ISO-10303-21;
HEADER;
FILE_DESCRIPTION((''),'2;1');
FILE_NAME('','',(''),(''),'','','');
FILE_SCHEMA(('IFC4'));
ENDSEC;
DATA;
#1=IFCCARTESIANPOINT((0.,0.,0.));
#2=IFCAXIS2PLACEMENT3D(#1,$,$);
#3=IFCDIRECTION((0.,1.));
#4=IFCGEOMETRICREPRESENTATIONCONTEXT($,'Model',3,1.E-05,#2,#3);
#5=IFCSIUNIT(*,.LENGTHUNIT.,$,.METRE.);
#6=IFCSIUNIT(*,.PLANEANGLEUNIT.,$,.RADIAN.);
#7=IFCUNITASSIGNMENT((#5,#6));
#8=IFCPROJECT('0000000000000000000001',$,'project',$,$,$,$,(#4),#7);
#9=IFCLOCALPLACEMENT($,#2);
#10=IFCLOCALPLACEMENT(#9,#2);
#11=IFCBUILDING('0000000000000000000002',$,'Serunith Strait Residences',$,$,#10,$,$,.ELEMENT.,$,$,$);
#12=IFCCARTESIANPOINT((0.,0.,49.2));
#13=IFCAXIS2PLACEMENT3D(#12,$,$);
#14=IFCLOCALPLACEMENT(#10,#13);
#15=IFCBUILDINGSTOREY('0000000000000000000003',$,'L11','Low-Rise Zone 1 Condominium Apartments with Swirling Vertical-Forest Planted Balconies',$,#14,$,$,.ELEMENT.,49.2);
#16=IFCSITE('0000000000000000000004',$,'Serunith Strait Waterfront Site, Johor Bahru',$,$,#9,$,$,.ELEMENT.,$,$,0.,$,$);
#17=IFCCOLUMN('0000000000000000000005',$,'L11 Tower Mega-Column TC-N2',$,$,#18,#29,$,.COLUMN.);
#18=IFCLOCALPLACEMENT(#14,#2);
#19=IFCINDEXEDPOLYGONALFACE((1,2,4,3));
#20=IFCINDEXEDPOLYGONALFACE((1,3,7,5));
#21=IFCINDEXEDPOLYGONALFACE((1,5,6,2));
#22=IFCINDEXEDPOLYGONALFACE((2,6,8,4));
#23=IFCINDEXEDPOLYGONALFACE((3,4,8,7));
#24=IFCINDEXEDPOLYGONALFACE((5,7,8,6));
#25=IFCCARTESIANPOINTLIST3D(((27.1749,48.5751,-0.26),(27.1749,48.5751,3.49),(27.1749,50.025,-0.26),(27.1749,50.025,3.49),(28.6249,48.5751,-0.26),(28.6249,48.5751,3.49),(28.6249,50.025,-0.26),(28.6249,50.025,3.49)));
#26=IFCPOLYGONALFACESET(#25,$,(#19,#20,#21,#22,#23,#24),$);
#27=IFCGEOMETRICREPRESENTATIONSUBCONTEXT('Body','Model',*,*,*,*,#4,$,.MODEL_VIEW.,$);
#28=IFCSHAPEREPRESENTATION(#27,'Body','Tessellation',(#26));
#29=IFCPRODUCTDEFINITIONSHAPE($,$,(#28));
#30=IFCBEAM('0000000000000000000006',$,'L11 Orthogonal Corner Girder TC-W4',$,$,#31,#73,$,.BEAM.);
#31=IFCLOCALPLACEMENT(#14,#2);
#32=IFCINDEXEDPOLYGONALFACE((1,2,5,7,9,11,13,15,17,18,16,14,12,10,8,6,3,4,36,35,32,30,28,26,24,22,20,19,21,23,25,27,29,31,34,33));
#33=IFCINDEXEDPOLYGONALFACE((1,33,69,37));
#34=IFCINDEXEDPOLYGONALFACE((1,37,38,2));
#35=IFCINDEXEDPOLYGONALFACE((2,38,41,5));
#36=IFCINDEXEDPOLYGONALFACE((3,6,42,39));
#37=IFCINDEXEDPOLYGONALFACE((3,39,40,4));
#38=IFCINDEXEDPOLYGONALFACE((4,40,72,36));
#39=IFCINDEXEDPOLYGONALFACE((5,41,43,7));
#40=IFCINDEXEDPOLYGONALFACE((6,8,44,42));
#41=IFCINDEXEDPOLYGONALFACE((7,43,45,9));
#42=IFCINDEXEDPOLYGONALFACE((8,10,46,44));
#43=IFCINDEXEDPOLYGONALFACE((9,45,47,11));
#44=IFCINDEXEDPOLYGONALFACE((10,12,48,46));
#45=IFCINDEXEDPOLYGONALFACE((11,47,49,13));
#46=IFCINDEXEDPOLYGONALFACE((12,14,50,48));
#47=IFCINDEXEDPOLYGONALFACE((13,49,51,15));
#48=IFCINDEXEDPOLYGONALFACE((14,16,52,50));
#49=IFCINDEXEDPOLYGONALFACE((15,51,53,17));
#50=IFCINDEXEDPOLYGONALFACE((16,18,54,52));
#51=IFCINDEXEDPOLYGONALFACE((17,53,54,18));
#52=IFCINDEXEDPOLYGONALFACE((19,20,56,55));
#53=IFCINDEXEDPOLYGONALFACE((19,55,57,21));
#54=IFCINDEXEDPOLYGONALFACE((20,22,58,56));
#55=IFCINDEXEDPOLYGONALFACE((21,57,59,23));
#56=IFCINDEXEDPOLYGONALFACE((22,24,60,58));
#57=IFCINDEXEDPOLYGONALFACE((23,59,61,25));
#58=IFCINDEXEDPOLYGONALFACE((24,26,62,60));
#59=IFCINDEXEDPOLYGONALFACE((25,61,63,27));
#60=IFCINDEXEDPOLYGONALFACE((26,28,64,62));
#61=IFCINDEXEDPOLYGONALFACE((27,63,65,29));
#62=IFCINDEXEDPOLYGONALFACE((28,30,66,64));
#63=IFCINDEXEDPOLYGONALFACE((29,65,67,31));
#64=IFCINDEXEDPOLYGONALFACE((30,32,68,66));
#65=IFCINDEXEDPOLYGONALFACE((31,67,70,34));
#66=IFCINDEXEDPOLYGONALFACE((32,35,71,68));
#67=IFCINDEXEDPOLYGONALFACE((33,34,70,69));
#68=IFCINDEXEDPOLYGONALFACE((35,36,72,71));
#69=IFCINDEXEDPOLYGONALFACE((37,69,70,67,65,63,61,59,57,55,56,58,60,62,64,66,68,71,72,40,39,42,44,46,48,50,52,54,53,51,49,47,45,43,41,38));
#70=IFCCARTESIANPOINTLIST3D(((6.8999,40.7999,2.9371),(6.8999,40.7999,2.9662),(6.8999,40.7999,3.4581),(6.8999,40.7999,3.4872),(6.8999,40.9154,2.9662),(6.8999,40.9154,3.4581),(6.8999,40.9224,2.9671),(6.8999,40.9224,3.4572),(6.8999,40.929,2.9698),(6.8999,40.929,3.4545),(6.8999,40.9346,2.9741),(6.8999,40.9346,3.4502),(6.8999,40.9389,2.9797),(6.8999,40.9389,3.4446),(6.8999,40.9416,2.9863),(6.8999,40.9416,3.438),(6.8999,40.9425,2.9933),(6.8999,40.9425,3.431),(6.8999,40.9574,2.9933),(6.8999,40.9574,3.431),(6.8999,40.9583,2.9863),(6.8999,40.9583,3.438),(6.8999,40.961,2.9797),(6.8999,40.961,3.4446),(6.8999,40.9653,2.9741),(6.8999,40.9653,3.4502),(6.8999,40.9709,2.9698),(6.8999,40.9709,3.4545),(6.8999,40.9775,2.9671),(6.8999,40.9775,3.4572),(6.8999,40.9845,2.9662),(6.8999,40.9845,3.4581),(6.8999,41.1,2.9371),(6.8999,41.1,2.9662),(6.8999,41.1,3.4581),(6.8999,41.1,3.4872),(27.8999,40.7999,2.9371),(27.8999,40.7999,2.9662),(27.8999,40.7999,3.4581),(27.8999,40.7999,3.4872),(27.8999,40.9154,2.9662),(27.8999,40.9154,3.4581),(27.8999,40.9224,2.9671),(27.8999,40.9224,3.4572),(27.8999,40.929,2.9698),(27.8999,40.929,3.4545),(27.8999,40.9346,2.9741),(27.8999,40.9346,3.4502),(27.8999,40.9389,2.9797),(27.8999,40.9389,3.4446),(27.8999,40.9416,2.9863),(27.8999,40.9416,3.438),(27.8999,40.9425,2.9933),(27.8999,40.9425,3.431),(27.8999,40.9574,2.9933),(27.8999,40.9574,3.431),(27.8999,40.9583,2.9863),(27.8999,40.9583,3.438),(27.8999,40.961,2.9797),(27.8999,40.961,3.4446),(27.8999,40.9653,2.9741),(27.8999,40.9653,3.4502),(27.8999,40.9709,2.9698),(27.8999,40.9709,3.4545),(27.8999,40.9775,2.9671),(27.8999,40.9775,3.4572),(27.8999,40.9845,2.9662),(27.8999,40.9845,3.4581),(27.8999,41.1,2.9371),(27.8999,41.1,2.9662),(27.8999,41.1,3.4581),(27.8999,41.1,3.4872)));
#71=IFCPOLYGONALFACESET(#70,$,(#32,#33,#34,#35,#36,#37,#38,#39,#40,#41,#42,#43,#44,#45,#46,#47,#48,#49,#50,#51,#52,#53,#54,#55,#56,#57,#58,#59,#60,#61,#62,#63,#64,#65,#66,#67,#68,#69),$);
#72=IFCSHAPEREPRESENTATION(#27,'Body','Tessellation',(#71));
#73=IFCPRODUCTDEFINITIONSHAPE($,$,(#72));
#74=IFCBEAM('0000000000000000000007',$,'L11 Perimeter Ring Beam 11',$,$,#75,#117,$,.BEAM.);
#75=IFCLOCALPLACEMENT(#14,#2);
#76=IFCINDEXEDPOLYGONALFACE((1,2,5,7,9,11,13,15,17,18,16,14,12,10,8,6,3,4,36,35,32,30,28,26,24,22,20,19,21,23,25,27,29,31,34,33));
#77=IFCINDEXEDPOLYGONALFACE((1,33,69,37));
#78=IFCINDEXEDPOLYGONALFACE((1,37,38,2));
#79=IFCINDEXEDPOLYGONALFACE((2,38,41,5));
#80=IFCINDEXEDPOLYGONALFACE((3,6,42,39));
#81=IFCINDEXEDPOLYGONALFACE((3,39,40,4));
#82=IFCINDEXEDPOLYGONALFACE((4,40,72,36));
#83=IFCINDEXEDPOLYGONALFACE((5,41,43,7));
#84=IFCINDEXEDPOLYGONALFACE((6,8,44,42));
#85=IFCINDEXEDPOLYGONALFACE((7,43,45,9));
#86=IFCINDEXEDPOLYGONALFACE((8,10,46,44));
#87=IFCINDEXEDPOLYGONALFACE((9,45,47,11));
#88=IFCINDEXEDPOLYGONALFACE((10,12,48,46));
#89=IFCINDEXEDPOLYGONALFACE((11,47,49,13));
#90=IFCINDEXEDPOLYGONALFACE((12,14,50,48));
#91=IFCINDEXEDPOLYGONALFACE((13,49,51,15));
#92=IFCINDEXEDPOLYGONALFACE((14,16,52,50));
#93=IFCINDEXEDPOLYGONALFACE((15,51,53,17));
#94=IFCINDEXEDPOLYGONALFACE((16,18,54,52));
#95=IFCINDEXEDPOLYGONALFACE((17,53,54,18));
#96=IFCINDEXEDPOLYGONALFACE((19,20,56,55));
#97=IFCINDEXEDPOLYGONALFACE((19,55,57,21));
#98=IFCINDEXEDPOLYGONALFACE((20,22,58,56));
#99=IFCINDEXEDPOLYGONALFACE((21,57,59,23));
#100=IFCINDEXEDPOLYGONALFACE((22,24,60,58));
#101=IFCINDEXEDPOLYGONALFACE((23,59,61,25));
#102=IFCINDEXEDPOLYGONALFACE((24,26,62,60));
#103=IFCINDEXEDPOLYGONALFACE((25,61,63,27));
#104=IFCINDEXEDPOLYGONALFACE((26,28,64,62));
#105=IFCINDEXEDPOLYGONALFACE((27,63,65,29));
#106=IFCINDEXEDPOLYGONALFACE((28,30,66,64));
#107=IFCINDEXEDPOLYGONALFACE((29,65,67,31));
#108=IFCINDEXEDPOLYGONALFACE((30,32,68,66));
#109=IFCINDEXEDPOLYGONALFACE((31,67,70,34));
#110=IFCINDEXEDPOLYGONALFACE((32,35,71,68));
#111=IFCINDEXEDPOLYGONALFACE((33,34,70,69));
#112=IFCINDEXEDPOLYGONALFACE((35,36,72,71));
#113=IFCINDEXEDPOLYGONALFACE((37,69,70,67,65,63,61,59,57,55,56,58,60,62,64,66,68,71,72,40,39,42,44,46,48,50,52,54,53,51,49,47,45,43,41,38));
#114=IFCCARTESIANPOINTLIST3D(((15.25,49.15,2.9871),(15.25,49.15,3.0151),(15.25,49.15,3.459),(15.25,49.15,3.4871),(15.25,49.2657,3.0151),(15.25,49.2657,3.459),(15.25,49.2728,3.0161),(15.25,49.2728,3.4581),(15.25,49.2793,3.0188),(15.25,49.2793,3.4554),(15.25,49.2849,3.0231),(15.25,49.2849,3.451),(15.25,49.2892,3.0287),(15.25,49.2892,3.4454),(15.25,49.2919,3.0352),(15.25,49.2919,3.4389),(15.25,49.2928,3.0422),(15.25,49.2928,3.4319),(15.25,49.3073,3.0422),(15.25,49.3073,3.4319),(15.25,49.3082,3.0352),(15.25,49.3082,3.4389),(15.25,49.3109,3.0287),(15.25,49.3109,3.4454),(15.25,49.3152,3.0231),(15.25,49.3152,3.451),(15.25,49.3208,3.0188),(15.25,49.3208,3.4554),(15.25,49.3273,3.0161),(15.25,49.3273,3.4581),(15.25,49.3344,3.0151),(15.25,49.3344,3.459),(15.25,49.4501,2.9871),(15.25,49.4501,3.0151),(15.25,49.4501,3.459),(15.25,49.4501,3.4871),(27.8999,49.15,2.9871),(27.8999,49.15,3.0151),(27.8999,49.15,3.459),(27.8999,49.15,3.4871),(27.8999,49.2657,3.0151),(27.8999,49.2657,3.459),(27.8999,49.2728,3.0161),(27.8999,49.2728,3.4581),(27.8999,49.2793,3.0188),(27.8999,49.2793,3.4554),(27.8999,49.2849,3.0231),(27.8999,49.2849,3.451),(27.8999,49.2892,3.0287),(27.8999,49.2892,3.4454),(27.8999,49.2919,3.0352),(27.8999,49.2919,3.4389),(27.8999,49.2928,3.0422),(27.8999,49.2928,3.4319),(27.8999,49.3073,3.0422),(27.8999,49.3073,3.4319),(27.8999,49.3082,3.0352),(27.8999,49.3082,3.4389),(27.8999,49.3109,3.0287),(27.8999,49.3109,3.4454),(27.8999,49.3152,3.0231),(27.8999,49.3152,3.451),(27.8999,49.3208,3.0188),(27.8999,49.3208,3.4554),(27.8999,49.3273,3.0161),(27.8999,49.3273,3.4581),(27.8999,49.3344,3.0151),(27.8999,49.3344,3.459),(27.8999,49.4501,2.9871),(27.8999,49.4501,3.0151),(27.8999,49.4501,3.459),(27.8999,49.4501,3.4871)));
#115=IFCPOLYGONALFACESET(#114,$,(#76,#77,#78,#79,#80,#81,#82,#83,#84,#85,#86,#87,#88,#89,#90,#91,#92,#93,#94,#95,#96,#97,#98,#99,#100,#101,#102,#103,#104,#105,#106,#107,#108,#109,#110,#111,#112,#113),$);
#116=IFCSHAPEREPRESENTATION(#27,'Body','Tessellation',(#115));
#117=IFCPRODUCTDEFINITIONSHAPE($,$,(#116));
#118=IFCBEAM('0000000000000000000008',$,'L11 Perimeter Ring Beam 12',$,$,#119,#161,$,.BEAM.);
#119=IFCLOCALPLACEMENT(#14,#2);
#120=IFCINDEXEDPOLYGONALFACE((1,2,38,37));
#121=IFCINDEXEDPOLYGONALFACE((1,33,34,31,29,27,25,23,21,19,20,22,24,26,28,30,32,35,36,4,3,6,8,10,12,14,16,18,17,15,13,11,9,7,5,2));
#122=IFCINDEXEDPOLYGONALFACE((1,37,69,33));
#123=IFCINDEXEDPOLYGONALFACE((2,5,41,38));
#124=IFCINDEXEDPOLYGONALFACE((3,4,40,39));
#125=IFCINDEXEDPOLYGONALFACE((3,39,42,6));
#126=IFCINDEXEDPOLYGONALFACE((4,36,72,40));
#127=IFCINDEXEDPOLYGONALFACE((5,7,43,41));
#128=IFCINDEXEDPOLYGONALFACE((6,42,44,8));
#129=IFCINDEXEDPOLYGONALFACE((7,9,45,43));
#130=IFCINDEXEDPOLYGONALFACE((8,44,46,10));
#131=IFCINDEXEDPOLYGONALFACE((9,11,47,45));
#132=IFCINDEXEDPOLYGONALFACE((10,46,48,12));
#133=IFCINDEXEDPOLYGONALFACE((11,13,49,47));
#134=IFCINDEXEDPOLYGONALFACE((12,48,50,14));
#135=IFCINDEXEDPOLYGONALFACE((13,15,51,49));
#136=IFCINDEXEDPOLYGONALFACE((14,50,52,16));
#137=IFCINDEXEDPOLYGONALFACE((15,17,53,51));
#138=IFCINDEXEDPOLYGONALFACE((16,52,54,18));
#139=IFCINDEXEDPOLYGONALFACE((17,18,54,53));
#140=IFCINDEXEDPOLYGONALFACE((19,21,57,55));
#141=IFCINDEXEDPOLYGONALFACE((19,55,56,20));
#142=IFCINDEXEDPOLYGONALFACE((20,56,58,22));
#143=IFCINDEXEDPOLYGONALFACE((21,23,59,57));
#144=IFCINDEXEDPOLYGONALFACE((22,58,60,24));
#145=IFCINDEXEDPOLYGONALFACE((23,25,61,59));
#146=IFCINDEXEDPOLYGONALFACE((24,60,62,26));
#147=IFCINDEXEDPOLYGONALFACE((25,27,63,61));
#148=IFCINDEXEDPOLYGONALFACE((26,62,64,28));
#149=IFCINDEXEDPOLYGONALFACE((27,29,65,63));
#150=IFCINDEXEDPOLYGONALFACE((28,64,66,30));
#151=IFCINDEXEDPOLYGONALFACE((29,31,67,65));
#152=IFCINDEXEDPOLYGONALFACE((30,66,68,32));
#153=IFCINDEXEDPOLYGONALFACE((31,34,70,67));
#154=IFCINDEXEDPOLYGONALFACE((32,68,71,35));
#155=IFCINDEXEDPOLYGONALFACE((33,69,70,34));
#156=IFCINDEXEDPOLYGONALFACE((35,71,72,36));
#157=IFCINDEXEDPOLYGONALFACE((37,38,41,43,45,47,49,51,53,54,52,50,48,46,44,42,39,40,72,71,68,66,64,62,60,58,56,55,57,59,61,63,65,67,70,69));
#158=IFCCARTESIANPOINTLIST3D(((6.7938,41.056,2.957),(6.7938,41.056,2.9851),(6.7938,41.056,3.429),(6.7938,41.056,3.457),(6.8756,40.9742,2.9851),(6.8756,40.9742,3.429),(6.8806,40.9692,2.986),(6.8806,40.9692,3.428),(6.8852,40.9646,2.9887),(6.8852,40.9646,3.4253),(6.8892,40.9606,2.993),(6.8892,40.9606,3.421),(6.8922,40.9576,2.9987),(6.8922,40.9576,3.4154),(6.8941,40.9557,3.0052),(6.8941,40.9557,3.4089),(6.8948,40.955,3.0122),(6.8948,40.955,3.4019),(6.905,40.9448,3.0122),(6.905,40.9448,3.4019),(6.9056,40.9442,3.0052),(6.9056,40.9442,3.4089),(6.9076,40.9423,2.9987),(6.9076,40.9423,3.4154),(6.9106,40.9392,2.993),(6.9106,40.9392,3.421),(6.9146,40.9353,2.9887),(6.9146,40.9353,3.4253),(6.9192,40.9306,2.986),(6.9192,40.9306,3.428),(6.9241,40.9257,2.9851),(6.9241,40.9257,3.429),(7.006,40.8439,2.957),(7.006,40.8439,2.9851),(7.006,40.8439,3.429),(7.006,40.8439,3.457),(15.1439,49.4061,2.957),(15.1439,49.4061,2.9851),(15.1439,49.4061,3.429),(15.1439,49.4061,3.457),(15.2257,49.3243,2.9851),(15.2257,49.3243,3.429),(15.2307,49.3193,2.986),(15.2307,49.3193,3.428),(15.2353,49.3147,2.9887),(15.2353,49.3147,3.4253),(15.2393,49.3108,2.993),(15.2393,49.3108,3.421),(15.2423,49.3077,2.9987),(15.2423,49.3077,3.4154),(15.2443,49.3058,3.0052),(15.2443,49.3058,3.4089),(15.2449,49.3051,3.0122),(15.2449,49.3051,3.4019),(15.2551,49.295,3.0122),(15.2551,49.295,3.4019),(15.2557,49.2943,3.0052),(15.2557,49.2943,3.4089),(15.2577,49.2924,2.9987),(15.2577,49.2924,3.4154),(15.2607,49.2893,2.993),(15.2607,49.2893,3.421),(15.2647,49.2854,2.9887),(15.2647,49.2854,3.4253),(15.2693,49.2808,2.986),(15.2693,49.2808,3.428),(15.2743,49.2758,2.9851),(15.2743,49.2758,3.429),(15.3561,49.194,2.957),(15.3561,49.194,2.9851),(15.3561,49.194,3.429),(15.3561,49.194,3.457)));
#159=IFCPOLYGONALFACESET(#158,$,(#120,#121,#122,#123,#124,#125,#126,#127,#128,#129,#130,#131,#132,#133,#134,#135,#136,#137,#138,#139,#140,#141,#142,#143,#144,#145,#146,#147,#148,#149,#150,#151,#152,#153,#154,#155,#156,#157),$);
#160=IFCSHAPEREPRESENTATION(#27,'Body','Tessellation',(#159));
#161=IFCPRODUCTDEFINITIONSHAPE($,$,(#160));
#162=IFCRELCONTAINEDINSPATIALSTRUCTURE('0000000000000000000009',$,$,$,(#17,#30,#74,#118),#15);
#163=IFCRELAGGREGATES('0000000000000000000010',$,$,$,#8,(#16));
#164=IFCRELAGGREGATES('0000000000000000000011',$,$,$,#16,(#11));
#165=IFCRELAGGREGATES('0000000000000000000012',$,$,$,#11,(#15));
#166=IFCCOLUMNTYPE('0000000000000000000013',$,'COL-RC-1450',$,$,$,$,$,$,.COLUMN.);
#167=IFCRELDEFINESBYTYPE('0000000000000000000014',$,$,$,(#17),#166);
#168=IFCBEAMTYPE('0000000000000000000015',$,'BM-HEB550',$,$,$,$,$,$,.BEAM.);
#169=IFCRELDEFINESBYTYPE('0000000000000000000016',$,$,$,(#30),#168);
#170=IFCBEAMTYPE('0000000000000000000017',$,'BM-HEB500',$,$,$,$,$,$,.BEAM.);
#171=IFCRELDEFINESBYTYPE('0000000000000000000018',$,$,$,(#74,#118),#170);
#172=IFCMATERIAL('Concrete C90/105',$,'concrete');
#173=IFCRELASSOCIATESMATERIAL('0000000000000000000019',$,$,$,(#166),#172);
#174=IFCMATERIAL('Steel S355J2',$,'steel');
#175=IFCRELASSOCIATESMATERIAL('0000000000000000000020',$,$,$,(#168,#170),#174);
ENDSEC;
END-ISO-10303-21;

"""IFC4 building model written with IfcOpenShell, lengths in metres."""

from ifc_helpers import new_model, si_unit, direction, frame, origin, origin_2d, place, context, subcontext, project, spatial, rectangle, i_section, extrude, source, transform, mapped, material, material_profile, profile_set, type_object, element, save


model = new_model("IFC4")

# Units and contexts
model_context = context("Model", 3, precision=1e-05, world=origin(), true_north=direction((0.0, 1.0)))
body_context = subcontext(model_context, "Body", "Model", "MODEL_VIEW")
ifc_project = project(units=[si_unit("LENGTHUNIT", "METRE"), si_unit("PLANEANGLEUNIT", "RADIAN")], contexts=[model_context])

# Site, building, storey
site_placement = place(None, origin())
site = spatial("IfcSite", under=ifc_project, at=site_placement, Name="Serunith Strait Waterfront Site, Johor Bahru", CompositionType="ELEMENT", RefElevation=0.0)
building_placement = place(site_placement, origin())
building = spatial("IfcBuilding", under=site, at=building_placement, Name="Serunith Strait Residences", CompositionType="ELEMENT")
storey_placement = place(building_placement, frame((0.0, 0.0, 49.2)))
storey = spatial("IfcBuildingStorey", under=building, at=storey_placement, Name="L11", Description="Low-Rise Zone 1 Condominium Apartments with Swirling Vertical-Forest Planted Balconies", CompositionType="ELEMENT", Elevation=49.2)

# Column
ifc_material_1 = material(Name="Concrete C90/105", Category="concrete")
ifc_material_profile_1 = material_profile(ifc_material_1, rectangle(XDim=1.45, YDim=1.45, at=origin_2d()), Name="RC 1450x1450")
ifc_profile_set_1 = profile_set([ifc_material_profile_1], Name="Concrete C90/105")
column_type = type_object("IfcColumnType", Name="COL-RC-1450", PredefinedType="COLUMN", material=ifc_profile_set_1)
shared_shape_1 = source(origin(), body_context, "Body", "SweptSolid", [
    extrude(rectangle(XDim=1.45, YDim=1.45, at=origin_2d()), origin(), (0.0, 0.0, 1.0), 3.75),
])
column_placement = place(storey_placement, frame((27.8999, 49.3, -0.26), z_axis=(0.0, 0.0, 1.0), x_axis=(1.0, 0.0, 0.0)))
element("IfcColumn", 1, at=column_placement, inside=storey, type_object=column_type, Name="L11 Tower Mega-Column TC-N2", PredefinedType="COLUMN", context=body_context, shape_type="MappedRepresentation", body=[
    mapped(shared_shape_1, transform((0.0, 0.0, 0.0), scale=1.0)),
])

# Beams
ifc_material_2 = material(Name="Steel S355J2", Category="steel")
ifc_material_profile_2 = material_profile(ifc_material_2, i_section(OverallWidth=0.3, OverallDepth=0.55, WebThickness=0.0149, FlangeThickness=0.0291, FilletRadius=0.0271, at=origin_2d()), Name="HEB 550")
ifc_profile_set_2 = profile_set([ifc_material_profile_2], Name="Steel S355J2")
beam_type_1 = type_object("IfcBeamType", Name="BM-HEB550", PredefinedType="BEAM", material=ifc_profile_set_2)
shared_shape_2 = source(origin(), body_context, "Body", "SweptSolid", [
    extrude(i_section(OverallWidth=0.3, OverallDepth=0.55, WebThickness=0.0149, FlangeThickness=0.0291, FilletRadius=0.0271, at=origin_2d()), origin(), (0.0, 0.0, 1.0), 21.0),
])
beam_1_placement = place(storey_placement, frame((27.8999, 40.95, 3.2122), z_axis=(-1.0, 0.0, 0.0), x_axis=(0.0, -1.0, 0.0)))
element("IfcBeam", 2, at=beam_1_placement, inside=storey, type_object=beam_type_1, Name="L11 Orthogonal Corner Girder TC-W4", PredefinedType="BEAM", context=body_context, shape_type="MappedRepresentation", body=[
    mapped(shared_shape_2, transform((0.0, 0.0, 0.0), scale=1.0)),
])
ifc_material_profile_3 = material_profile(ifc_material_2, i_section(OverallWidth=0.3, OverallDepth=0.5, WebThickness=0.0144, FlangeThickness=0.0281, FilletRadius=0.0271, at=origin_2d()), Name="HEB 500")
ifc_profile_set_3 = profile_set([ifc_material_profile_3], Name="Steel S355J2")
beam_type_2 = type_object("IfcBeamType", Name="BM-HEB500", PredefinedType="BEAM", material=ifc_profile_set_3)
shared_shape_3 = source(origin(), body_context, "Body", "SweptSolid", [
    extrude(i_section(OverallWidth=0.3, OverallDepth=0.5, WebThickness=0.0144, FlangeThickness=0.0281, FilletRadius=0.0271, at=origin_2d()), origin(), (0.0, 0.0, 1.0), 12.6499),
])
beam_2_placement = place(storey_placement, frame((27.8999, 49.3, 3.2371), z_axis=(-1.0, 0.0, 0.0), x_axis=(0.0, -1.0, 0.0)))
element("IfcBeam", 3, at=beam_2_placement, inside=storey, type_object=beam_type_2, Name="L11 Perimeter Ring Beam 11", PredefinedType="BEAM", context=body_context, shape_type="MappedRepresentation", body=[
    mapped(shared_shape_3, transform((0.0, 0.0, 0.0), scale=1.0)),
])
shared_shape_4 = source(origin(), body_context, "Body", "SweptSolid", [
    extrude(i_section(OverallWidth=0.3, OverallDepth=0.5, WebThickness=0.0144, FlangeThickness=0.0281, FilletRadius=0.0271, at=origin_2d()), origin(), (0.0, 0.0, 1.0), 11.8088),
])
beam_3_placement = place(storey_placement, frame((15.25, 49.3, 3.207), z_axis=(-0.707107, -0.707107, 0.0), x_axis=(0.707107, -0.707107, 0.0)))
element("IfcBeam", 4, at=beam_3_placement, inside=storey, type_object=beam_type_2, Name="L11 Perimeter Ring Beam 12", PredefinedType="BEAM", context=body_context, shape_type="MappedRepresentation", body=[
    mapped(shared_shape_4, transform((0.0, 0.0, 0.0), scale=1.0)),
])

save(model, "model.ifc")
